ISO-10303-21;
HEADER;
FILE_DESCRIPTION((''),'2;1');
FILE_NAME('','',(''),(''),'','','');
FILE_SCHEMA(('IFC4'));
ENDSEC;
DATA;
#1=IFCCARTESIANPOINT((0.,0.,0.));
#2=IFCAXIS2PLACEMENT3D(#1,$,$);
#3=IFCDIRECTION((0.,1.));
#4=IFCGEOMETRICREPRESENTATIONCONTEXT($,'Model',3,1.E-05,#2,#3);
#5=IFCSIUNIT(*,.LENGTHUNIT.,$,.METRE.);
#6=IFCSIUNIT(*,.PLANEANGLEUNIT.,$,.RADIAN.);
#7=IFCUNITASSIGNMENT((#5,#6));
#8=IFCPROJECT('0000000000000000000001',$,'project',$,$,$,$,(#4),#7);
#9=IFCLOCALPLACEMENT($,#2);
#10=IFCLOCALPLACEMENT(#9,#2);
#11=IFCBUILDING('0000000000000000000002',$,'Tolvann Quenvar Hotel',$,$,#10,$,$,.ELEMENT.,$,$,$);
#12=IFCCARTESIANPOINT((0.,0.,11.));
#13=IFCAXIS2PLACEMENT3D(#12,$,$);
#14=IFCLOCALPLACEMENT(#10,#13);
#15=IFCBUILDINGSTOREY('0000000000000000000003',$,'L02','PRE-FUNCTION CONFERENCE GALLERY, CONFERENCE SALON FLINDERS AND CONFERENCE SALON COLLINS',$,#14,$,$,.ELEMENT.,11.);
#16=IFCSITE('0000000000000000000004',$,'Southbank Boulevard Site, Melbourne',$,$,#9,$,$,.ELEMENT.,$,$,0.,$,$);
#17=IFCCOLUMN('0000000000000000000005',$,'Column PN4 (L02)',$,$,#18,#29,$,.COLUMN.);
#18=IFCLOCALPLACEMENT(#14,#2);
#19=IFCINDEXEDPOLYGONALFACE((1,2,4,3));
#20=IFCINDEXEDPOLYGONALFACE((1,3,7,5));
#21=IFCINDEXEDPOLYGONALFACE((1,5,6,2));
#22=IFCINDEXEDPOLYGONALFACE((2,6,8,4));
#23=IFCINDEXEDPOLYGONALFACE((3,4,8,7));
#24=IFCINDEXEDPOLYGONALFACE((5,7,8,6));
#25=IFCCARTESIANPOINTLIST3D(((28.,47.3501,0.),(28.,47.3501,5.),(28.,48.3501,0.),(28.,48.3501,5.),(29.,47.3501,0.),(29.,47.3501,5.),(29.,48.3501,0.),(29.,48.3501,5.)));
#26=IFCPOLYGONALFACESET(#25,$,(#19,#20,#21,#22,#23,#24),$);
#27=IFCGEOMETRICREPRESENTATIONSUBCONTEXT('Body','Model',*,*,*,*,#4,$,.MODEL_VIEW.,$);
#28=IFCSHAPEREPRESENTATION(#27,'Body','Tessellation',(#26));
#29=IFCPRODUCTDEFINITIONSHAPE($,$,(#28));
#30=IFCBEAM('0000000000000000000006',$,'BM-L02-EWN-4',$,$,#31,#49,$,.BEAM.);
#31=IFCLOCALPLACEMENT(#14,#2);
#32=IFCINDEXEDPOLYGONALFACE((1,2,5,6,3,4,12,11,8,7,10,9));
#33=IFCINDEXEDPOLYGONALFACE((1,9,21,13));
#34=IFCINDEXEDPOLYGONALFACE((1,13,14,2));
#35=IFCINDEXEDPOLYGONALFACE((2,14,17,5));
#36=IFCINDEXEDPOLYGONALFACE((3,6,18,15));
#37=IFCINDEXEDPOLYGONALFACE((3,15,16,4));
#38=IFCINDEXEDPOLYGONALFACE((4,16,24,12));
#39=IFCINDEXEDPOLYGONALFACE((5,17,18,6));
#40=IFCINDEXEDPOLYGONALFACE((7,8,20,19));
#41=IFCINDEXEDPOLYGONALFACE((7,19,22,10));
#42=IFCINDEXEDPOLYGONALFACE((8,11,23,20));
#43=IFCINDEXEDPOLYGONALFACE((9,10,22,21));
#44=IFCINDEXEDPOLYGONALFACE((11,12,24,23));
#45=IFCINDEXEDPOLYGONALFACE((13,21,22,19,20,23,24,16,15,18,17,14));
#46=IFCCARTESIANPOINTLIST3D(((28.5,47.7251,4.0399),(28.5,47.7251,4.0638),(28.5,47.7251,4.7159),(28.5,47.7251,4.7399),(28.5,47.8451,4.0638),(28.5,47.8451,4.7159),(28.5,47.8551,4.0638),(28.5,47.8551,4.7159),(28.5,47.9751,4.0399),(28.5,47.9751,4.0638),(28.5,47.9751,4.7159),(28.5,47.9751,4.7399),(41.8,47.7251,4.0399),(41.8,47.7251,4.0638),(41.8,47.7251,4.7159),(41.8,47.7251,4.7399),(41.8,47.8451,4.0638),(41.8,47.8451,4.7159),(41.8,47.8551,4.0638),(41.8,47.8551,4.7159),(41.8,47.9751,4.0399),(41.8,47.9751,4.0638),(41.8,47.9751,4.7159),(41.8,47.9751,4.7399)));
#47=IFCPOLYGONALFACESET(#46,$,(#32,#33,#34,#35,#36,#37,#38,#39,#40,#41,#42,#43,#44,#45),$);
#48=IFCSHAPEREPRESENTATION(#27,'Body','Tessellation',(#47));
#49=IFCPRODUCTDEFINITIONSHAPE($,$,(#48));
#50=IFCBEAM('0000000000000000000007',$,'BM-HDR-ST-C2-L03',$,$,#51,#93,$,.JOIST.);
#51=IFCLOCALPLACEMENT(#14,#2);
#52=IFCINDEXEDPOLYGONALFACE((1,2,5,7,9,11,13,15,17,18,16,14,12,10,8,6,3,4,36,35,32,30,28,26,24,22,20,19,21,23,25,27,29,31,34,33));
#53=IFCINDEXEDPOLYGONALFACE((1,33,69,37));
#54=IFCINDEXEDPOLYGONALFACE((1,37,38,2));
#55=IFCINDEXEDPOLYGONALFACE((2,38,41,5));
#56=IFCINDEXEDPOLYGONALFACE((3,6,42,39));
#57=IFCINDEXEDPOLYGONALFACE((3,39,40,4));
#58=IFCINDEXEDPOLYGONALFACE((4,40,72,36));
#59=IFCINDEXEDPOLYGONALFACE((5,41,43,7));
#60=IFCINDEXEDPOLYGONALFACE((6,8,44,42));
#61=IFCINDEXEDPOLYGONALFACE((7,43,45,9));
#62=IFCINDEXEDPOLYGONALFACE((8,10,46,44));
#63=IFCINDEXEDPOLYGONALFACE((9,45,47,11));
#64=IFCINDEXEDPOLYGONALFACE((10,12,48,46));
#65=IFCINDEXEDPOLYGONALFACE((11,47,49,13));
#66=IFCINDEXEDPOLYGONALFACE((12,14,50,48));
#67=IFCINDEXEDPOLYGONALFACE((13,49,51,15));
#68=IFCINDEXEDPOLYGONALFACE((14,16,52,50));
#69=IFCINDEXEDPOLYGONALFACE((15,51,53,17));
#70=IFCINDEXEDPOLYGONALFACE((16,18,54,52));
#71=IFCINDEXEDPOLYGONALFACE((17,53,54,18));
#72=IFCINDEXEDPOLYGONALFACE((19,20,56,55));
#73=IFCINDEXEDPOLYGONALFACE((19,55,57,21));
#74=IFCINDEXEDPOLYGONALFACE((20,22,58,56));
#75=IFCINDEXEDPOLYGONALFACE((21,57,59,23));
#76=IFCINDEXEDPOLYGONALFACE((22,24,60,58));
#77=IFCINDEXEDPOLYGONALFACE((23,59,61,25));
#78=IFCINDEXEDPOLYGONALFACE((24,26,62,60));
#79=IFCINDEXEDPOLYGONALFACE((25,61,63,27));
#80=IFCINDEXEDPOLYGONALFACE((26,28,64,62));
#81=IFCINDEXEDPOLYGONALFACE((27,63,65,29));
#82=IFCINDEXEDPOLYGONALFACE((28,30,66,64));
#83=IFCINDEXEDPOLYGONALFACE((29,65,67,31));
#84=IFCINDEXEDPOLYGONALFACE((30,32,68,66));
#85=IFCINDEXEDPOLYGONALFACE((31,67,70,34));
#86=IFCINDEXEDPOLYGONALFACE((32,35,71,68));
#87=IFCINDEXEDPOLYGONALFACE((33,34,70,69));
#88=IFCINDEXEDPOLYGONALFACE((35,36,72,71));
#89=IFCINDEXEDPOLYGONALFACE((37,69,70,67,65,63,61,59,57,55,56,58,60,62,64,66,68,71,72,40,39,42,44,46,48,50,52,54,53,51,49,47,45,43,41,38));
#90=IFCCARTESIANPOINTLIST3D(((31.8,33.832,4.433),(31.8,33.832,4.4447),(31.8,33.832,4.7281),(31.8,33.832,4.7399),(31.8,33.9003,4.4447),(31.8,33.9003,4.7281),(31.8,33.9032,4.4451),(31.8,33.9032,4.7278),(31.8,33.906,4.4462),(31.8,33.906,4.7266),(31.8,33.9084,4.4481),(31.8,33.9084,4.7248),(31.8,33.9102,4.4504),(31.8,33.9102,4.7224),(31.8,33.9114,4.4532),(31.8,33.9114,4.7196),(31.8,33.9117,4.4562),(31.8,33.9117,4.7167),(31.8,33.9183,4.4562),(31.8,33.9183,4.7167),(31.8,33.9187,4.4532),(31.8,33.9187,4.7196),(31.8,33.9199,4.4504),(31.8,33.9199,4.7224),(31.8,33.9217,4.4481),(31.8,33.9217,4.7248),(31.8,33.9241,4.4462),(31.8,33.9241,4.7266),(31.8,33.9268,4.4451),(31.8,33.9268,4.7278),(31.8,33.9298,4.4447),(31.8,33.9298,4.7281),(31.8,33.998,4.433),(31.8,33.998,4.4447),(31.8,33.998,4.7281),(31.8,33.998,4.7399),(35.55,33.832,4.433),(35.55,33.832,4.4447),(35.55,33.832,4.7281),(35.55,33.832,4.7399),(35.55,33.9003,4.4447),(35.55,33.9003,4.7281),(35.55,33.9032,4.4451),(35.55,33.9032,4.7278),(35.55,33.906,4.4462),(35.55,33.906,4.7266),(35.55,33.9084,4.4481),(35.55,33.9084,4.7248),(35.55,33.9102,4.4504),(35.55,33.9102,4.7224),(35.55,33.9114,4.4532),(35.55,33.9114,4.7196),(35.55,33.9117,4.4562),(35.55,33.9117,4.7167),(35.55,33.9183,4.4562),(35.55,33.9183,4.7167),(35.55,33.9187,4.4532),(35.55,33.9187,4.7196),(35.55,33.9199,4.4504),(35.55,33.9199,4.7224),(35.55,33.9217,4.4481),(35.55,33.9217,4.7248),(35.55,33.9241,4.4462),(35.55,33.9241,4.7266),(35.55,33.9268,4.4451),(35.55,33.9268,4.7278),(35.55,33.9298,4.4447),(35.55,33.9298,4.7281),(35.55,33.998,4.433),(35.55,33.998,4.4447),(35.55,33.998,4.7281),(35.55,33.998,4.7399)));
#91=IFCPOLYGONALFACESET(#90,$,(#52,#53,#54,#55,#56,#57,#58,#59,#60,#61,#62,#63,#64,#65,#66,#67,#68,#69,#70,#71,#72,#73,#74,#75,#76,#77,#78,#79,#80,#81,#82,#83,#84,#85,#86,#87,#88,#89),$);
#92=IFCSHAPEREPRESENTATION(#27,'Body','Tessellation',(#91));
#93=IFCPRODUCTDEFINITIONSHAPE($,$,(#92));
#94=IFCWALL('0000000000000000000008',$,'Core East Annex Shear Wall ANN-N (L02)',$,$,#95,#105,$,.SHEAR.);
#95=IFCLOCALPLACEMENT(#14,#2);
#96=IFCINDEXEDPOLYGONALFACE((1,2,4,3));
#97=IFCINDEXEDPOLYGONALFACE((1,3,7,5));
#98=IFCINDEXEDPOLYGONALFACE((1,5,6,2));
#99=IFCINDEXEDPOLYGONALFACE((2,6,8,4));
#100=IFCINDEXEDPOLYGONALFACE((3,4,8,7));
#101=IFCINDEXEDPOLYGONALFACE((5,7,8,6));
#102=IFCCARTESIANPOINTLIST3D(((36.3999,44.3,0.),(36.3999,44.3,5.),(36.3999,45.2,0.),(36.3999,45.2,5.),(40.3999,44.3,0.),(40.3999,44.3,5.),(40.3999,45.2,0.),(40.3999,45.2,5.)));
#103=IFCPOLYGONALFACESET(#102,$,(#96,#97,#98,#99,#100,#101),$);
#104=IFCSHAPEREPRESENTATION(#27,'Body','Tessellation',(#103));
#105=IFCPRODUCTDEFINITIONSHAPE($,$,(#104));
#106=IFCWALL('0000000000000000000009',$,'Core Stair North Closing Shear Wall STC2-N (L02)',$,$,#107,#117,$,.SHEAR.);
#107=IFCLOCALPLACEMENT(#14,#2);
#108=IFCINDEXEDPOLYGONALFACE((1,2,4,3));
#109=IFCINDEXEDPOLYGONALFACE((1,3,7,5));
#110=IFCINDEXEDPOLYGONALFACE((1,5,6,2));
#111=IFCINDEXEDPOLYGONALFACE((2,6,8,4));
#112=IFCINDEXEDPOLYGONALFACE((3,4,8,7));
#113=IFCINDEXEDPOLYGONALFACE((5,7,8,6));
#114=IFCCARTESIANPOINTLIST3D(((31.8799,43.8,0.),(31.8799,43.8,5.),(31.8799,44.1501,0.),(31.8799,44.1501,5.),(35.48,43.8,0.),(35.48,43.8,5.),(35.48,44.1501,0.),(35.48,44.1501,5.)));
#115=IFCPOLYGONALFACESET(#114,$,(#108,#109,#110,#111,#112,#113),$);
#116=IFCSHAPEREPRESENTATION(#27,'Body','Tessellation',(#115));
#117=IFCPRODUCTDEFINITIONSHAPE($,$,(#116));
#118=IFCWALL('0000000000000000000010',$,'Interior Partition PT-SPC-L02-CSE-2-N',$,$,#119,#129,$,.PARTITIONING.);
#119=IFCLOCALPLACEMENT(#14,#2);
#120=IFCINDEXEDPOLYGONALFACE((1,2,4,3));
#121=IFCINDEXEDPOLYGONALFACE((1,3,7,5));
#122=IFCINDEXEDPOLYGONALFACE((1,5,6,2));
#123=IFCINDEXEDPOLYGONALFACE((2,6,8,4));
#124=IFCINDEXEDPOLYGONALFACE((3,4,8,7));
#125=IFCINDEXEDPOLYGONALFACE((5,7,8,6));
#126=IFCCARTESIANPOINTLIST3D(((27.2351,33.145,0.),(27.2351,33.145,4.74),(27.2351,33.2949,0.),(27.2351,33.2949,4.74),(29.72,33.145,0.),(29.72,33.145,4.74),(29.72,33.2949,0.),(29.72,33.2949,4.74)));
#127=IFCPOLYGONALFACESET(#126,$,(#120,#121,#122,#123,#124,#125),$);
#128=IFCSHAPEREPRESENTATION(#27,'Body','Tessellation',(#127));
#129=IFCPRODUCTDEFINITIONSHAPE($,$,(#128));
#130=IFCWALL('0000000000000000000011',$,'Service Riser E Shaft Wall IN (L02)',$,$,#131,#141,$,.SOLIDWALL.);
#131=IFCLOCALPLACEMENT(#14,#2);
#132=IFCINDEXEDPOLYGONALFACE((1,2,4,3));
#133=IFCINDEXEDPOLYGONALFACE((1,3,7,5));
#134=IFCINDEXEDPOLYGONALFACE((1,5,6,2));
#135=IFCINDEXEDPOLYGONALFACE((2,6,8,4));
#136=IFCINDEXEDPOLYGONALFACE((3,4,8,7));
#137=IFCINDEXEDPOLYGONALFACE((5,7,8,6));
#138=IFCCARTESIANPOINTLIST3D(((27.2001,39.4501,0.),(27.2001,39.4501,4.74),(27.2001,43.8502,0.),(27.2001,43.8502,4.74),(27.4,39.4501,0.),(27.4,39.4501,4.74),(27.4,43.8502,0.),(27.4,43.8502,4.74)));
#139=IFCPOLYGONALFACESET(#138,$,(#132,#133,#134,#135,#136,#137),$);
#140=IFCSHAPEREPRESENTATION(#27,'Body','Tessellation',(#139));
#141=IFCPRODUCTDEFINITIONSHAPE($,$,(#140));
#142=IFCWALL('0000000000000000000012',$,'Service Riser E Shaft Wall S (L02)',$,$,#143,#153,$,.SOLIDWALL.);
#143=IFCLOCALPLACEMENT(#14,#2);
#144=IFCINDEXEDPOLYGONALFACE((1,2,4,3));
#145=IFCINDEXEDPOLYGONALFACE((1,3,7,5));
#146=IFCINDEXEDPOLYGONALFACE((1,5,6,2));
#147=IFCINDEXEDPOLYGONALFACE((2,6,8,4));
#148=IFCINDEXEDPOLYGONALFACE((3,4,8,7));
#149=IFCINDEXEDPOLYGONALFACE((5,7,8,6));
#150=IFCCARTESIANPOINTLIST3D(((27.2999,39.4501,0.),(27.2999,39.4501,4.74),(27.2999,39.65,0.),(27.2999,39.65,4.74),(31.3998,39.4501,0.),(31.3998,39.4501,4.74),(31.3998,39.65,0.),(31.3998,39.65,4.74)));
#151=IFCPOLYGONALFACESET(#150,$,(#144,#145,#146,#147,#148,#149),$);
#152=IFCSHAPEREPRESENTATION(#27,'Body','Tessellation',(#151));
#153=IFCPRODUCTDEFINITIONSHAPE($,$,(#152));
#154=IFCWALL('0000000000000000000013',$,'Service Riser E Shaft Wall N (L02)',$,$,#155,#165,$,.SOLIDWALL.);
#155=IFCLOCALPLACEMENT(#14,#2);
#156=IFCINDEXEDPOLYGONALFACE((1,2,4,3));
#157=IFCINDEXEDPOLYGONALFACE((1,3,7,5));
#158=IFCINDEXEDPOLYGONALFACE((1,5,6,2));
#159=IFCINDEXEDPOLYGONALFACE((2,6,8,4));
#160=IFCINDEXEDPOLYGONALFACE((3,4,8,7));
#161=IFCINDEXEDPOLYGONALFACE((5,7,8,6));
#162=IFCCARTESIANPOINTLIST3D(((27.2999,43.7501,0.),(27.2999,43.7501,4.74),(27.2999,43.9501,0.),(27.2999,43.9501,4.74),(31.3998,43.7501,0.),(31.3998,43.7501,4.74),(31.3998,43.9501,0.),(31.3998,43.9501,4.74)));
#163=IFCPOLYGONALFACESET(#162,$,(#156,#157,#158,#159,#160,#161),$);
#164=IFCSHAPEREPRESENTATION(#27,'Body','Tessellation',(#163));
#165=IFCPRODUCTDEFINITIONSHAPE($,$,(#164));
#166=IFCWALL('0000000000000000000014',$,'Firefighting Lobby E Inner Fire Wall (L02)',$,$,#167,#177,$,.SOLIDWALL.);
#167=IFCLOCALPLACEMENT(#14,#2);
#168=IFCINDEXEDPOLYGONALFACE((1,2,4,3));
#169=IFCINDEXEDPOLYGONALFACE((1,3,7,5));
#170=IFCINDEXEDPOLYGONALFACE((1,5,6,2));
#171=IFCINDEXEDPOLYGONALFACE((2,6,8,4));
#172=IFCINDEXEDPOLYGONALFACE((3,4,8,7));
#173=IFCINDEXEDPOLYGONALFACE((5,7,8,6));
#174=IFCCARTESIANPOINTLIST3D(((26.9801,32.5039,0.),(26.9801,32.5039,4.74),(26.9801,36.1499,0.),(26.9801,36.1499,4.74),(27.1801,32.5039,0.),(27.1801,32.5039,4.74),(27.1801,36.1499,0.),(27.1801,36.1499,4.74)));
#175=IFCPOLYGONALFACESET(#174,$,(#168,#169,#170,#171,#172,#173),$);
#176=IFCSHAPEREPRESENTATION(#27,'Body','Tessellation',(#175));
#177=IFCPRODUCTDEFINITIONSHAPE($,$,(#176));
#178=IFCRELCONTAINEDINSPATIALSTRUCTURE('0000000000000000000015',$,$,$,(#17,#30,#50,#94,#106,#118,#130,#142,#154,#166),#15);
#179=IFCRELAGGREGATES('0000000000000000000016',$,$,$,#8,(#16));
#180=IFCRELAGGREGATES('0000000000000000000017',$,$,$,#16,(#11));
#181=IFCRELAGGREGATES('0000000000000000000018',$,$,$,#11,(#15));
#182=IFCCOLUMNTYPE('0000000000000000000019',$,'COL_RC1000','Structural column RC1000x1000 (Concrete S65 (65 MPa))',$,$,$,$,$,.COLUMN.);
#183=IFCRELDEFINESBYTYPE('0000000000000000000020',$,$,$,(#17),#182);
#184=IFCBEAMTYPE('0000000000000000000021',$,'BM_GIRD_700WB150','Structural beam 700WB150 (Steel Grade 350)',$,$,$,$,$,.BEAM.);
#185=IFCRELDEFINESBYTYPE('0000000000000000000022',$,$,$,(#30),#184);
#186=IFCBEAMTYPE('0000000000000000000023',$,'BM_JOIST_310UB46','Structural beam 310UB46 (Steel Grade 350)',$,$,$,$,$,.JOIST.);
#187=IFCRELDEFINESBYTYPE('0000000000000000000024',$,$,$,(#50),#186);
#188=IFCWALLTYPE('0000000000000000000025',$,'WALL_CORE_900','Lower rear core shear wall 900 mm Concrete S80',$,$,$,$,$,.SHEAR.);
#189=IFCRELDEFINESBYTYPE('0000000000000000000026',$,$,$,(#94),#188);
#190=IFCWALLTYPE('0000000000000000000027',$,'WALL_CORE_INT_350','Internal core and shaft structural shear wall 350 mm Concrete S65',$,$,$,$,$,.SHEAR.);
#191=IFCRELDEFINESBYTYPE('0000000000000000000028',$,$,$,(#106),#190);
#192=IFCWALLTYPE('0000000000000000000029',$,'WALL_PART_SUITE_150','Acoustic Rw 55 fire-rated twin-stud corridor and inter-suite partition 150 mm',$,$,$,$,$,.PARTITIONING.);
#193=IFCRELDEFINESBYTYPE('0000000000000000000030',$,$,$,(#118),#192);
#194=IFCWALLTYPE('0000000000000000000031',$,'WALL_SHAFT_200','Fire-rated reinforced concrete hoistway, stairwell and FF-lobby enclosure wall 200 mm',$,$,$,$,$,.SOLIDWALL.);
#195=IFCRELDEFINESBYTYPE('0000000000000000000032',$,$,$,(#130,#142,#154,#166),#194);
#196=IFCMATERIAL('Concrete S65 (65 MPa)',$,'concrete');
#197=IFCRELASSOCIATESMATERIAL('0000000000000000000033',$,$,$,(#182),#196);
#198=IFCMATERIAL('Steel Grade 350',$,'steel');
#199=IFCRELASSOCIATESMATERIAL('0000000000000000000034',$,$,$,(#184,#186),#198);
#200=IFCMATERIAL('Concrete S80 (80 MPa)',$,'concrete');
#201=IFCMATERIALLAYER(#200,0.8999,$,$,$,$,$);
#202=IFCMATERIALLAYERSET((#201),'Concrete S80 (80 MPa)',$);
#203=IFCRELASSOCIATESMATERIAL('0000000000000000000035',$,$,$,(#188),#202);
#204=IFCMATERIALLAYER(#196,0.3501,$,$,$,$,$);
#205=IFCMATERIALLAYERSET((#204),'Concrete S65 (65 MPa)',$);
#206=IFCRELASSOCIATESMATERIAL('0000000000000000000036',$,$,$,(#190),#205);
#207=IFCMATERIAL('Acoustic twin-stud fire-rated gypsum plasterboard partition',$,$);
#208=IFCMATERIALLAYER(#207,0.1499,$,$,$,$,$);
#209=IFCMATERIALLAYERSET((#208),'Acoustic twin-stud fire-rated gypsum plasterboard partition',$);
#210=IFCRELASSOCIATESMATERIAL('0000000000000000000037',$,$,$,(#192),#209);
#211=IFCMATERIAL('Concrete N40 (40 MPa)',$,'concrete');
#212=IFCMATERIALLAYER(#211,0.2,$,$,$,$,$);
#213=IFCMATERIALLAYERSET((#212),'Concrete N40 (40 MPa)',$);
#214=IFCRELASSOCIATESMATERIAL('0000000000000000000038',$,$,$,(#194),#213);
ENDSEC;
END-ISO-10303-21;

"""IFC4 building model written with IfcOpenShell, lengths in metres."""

from ifc_helpers import new_model, si_unit, direction, frame, frame_2d, origin, origin_2d, place, context, subcontext, project, spatial, rectangle, i_section, extrude, source, transform, mapped, material, layer, layer_set, material_profile, profile_set, type_object, type_shapes, element, save


model = new_model("IFC4")

# Units and contexts
model_context = context("Model", 3, precision=1e-05, world=origin(), true_north=direction((0.0, 1.0)))
body_context = subcontext(model_context, "Body", "Model", "MODEL_VIEW")
ifc_project = project(units=[si_unit("LENGTHUNIT", "METRE"), si_unit("PLANEANGLEUNIT", "RADIAN")], contexts=[model_context])

# Site, building, storey
site_placement = place(None, origin())
site = spatial("IfcSite", under=ifc_project, at=site_placement, Name="Southbank Boulevard Site, Melbourne", CompositionType="ELEMENT", RefElevation=0.0)
building_placement = place(site_placement, origin())
building = spatial("IfcBuilding", under=site, at=building_placement, Name="Tolvann Quenvar Hotel", CompositionType="ELEMENT")
storey_placement = place(building_placement, frame((0.0, 0.0, 11.0)))
storey = spatial("IfcBuildingStorey", under=building, at=storey_placement, Name="L02", Description="PRE-FUNCTION CONFERENCE GALLERY, CONFERENCE SALON FLINDERS AND CONFERENCE SALON COLLINS", CompositionType="ELEMENT", Elevation=11.0)

# Column
ifc_material_1 = material(Name="Concrete S65 (65 MPa)", Category="concrete")
ifc_material_profile_1 = material_profile(ifc_material_1, rectangle(XDim=1.0, YDim=1.0, at=origin_2d()), Name="RC1000x1000")
ifc_profile_set_1 = profile_set([ifc_material_profile_1], Name="Concrete S65 (65 MPa)")
column_type = type_object("IfcColumnType", Name="COL_RC1000", Description="Structural column RC1000x1000 (Concrete S65 (65 MPa))", PredefinedType="COLUMN", material=ifc_profile_set_1)
shared_shape_1 = source(origin(), body_context, "Body", "SweptSolid", [
    extrude(rectangle(XDim=1.0, YDim=1.0, at=origin_2d()), origin(), (0.0, 0.0, 1.0), 5.0),
])
type_shapes(column_type, [shared_shape_1])
column_placement = place(storey_placement, frame((28.5, 47.8501, 0.0), z_axis=(0.0, 0.0, 1.0), x_axis=(1.0, 0.0, 0.0)))
element("IfcColumn", 1, at=column_placement, inside=storey, type_object=column_type, Name="Column PN4 (L02)", PredefinedType="COLUMN", context=body_context, shape_type="MappedRepresentation", body=[
    mapped(shared_shape_1, transform((0.0, 0.0, 0.0), x_axis=(1.0, 0.0, 0.0), y_axis=(0.0, 1.0, 0.0), z_axis=(0.0, 0.0, 1.0), scale=1.0)),
])

# Beams
ifc_material_2 = material(Name="Steel Grade 350", Category="steel")
ifc_material_profile_2 = material_profile(ifc_material_2, i_section(OverallWidth=0.25, OverallDepth=0.7, WebThickness=0.01, FlangeThickness=0.0239, at=origin_2d()), Name="700WB150")
ifc_profile_set_2 = profile_set([ifc_material_profile_2], Name="Steel Grade 350")
beam_type_1 = type_object("IfcBeamType", Name="BM_GIRD_700WB150", Description="Structural beam 700WB150 (Steel Grade 350)", PredefinedType="BEAM", material=ifc_profile_set_2)
shared_shape_2 = source(origin(), body_context, "Body", "SweptSolid", [
    extrude(i_section(OverallWidth=0.25, OverallDepth=0.7, WebThickness=0.01, FlangeThickness=0.0239, at=origin_2d()), origin(), (0.0, 0.0, 1.0), 13.3),
])
type_shapes(beam_type_1, [shared_shape_2])
beam_1_placement = place(storey_placement, frame((28.5, 47.8501, 4.3899), z_axis=(1.0, 0.0, 0.0), x_axis=(0.0, 1.0, 0.0)))
element("IfcBeam", 2, at=beam_1_placement, inside=storey, type_object=beam_type_1, Name="BM-L02-EWN-4", PredefinedType="BEAM", context=body_context, shape_type="MappedRepresentation", body=[
    mapped(shared_shape_2, transform((0.0, 0.0, 0.0), x_axis=(1.0, 0.0, 0.0), y_axis=(0.0, 1.0, 0.0), z_axis=(0.0, 0.0, 1.0), scale=1.0)),
])
ifc_material_profile_3 = material_profile(ifc_material_2, i_section(OverallWidth=0.166, OverallDepth=0.3069, WebThickness=0.0066, FlangeThickness=0.0117, FilletRadius=0.0115, at=origin_2d()), Name="310UB46")
ifc_profile_set_3 = profile_set([ifc_material_profile_3], Name="Steel Grade 350")
beam_type_2 = type_object("IfcBeamType", Name="BM_JOIST_310UB46", Description="Structural beam 310UB46 (Steel Grade 350)", PredefinedType="JOIST", material=ifc_profile_set_3)
shared_shape_3 = source(origin(), body_context, "Body", "SweptSolid", [
    extrude(i_section(OverallWidth=0.166, OverallDepth=0.3069, WebThickness=0.0066, FlangeThickness=0.0117, FilletRadius=0.0115, at=origin_2d()), origin(), (0.0, 0.0, 1.0), 3.75),
])
type_shapes(beam_type_2, [shared_shape_3])
beam_2_placement = place(storey_placement, frame((31.8, 33.915, 4.5864), z_axis=(1.0, 0.0, 0.0), x_axis=(0.0, 1.0, 0.0)))
element("IfcBeam", 3, at=beam_2_placement, inside=storey, type_object=beam_type_2, Name="BM-HDR-ST-C2-L03", PredefinedType="JOIST", context=body_context, shape_type="MappedRepresentation", body=[
    mapped(shared_shape_3, transform((0.0, 0.0, 0.0), x_axis=(1.0, 0.0, 0.0), y_axis=(0.0, 1.0, 0.0), z_axis=(0.0, 0.0, 1.0), scale=1.0)),
])

# Walls
ifc_material_3 = material(Name="Concrete S80 (80 MPa)", Category="concrete")
ifc_layer_1 = layer(ifc_material_3, 0.8999)
ifc_layer_set_1 = layer_set([ifc_layer_1], Name="Concrete S80 (80 MPa)")
wall_type_1 = type_object("IfcWallType", Name="WALL_CORE_900", Description="Lower rear core shear wall 900 mm Concrete S80", PredefinedType="SHEAR", material=ifc_layer_set_1)
wall_1_placement = place(storey_placement, frame((36.3999, 44.75, 0.0), z_axis=(0.0, 0.0, 1.0), x_axis=(1.0, 0.0, 0.0)))
element("IfcWall", 4, at=wall_1_placement, inside=storey, type_object=wall_type_1, Name="Core East Annex Shear Wall ANN-N (L02)", PredefinedType="SHEAR", context=body_context, shape_type="SweptSolid", body=[
    extrude(rectangle(XDim=4.0, YDim=0.8999, at=frame_2d((2.0, 0.0))), origin(), (0.0, 0.0, 1.0), 5.0),
])
ifc_layer_2 = layer(ifc_material_1, 0.3501)
ifc_layer_set_2 = layer_set([ifc_layer_2], Name="Concrete S65 (65 MPa)")
wall_type_2 = type_object("IfcWallType", Name="WALL_CORE_INT_350", Description="Internal core and shaft structural shear wall 350 mm Concrete S65", PredefinedType="SHEAR", material=ifc_layer_set_2)
wall_2_placement = place(storey_placement, frame((31.8799, 43.9751, 0.0), z_axis=(0.0, 0.0, 1.0), x_axis=(1.0, 0.0, 0.0)))
element("IfcWall", 5, at=wall_2_placement, inside=storey, type_object=wall_type_2, Name="Core Stair North Closing Shear Wall STC2-N (L02)", PredefinedType="SHEAR", context=body_context, shape_type="SweptSolid", body=[
    extrude(rectangle(XDim=3.6001, YDim=0.3501, at=frame_2d((1.8, 0.0))), origin(), (0.0, 0.0, 1.0), 5.0),
])
ifc_material_4 = material(Name="Acoustic twin-stud fire-rated gypsum plasterboard partition")
ifc_layer_3 = layer(ifc_material_4, 0.1499)
ifc_layer_set_3 = layer_set([ifc_layer_3], Name="Acoustic twin-stud fire-rated gypsum plasterboard partition")
wall_type_3 = type_object("IfcWallType", Name="WALL_PART_SUITE_150", Description="Acoustic Rw 55 fire-rated twin-stud corridor and inter-suite partition 150 mm", PredefinedType="PARTITIONING", material=ifc_layer_set_3)
wall_3_placement = place(storey_placement, frame((27.2351, 33.22, 0.0), z_axis=(0.0, 0.0, 1.0), x_axis=(1.0, 0.0, 0.0)))
element("IfcWall", 6, at=wall_3_placement, inside=storey, type_object=wall_type_3, Name="Interior Partition PT-SPC-L02-CSE-2-N", PredefinedType="PARTITIONING", context=body_context, shape_type="SweptSolid", body=[
    extrude(rectangle(XDim=2.4849, YDim=0.1499, at=frame_2d((1.2424, 0.0))), origin(), (0.0, 0.0, 1.0), 4.74),
])
ifc_material_5 = material(Name="Concrete N40 (40 MPa)", Category="concrete")
ifc_layer_4 = layer(ifc_material_5, 0.2)
ifc_layer_set_4 = layer_set([ifc_layer_4], Name="Concrete N40 (40 MPa)")
wall_type_4 = type_object("IfcWallType", Name="WALL_SHAFT_200", Description="Fire-rated reinforced concrete hoistway, stairwell and FF-lobby enclosure wall 200 mm", PredefinedType="SOLIDWALL", material=ifc_layer_set_4)
wall_4_placement = place(storey_placement, frame((27.3, 39.45, 0.0), z_axis=(0.0, 0.0, 1.0), x_axis=(0.0, 1.0, 0.0)))
element("IfcWall", 7, at=wall_4_placement, inside=storey, type_object=wall_type_4, Name="Service Riser E Shaft Wall IN (L02)", PredefinedType="SOLIDWALL", context=body_context, shape_type="SweptSolid", body=[
    extrude(rectangle(XDim=4.4001, YDim=0.2, at=frame_2d((2.2002, 0.0))), origin(), (0.0, 0.0, 1.0), 4.74),
])
for number, where, z_axis, x_axis, name in (
    (8, (27.3, 39.55, 0.0), (0.0, 0.0, 1.0), (1.0, 0.0, 0.0), "Service Riser E Shaft Wall S (L02)"),
    (9, (27.3, 43.8501, 0.0), (0.0, 0.0, 1.0), (1.0, 0.0, 0.0), "Service Riser E Shaft Wall N (L02)"),
):
    element("IfcWall", number, at=place(storey_placement, frame(where, z_axis=z_axis, x_axis=x_axis)), inside=storey, type_object=wall_type_4, Name=name, PredefinedType="SOLIDWALL", context=body_context, shape_type="SweptSolid", body=[
        extrude(rectangle(XDim=4.0999, YDim=0.2, at=frame_2d((2.0498, 0.0))), origin(), (0.0, 0.0, 1.0), 4.74),
    ])
wall_5_placement = place(storey_placement, frame((27.0801, 32.5039, 0.0), z_axis=(0.0, 0.0, 1.0), x_axis=(0.0, 1.0, 0.0)))
element("IfcWall", 10, at=wall_5_placement, inside=storey, type_object=wall_type_4, Name="Firefighting Lobby E Inner Fire Wall (L02)", PredefinedType="SOLIDWALL", context=body_context, shape_type="SweptSolid", body=[
    extrude(rectangle(XDim=3.646, YDim=0.2, at=frame_2d((1.823, 0.0))), origin(), (0.0, 0.0, 1.0), 4.74),
])

save(model, "model.ifc")
